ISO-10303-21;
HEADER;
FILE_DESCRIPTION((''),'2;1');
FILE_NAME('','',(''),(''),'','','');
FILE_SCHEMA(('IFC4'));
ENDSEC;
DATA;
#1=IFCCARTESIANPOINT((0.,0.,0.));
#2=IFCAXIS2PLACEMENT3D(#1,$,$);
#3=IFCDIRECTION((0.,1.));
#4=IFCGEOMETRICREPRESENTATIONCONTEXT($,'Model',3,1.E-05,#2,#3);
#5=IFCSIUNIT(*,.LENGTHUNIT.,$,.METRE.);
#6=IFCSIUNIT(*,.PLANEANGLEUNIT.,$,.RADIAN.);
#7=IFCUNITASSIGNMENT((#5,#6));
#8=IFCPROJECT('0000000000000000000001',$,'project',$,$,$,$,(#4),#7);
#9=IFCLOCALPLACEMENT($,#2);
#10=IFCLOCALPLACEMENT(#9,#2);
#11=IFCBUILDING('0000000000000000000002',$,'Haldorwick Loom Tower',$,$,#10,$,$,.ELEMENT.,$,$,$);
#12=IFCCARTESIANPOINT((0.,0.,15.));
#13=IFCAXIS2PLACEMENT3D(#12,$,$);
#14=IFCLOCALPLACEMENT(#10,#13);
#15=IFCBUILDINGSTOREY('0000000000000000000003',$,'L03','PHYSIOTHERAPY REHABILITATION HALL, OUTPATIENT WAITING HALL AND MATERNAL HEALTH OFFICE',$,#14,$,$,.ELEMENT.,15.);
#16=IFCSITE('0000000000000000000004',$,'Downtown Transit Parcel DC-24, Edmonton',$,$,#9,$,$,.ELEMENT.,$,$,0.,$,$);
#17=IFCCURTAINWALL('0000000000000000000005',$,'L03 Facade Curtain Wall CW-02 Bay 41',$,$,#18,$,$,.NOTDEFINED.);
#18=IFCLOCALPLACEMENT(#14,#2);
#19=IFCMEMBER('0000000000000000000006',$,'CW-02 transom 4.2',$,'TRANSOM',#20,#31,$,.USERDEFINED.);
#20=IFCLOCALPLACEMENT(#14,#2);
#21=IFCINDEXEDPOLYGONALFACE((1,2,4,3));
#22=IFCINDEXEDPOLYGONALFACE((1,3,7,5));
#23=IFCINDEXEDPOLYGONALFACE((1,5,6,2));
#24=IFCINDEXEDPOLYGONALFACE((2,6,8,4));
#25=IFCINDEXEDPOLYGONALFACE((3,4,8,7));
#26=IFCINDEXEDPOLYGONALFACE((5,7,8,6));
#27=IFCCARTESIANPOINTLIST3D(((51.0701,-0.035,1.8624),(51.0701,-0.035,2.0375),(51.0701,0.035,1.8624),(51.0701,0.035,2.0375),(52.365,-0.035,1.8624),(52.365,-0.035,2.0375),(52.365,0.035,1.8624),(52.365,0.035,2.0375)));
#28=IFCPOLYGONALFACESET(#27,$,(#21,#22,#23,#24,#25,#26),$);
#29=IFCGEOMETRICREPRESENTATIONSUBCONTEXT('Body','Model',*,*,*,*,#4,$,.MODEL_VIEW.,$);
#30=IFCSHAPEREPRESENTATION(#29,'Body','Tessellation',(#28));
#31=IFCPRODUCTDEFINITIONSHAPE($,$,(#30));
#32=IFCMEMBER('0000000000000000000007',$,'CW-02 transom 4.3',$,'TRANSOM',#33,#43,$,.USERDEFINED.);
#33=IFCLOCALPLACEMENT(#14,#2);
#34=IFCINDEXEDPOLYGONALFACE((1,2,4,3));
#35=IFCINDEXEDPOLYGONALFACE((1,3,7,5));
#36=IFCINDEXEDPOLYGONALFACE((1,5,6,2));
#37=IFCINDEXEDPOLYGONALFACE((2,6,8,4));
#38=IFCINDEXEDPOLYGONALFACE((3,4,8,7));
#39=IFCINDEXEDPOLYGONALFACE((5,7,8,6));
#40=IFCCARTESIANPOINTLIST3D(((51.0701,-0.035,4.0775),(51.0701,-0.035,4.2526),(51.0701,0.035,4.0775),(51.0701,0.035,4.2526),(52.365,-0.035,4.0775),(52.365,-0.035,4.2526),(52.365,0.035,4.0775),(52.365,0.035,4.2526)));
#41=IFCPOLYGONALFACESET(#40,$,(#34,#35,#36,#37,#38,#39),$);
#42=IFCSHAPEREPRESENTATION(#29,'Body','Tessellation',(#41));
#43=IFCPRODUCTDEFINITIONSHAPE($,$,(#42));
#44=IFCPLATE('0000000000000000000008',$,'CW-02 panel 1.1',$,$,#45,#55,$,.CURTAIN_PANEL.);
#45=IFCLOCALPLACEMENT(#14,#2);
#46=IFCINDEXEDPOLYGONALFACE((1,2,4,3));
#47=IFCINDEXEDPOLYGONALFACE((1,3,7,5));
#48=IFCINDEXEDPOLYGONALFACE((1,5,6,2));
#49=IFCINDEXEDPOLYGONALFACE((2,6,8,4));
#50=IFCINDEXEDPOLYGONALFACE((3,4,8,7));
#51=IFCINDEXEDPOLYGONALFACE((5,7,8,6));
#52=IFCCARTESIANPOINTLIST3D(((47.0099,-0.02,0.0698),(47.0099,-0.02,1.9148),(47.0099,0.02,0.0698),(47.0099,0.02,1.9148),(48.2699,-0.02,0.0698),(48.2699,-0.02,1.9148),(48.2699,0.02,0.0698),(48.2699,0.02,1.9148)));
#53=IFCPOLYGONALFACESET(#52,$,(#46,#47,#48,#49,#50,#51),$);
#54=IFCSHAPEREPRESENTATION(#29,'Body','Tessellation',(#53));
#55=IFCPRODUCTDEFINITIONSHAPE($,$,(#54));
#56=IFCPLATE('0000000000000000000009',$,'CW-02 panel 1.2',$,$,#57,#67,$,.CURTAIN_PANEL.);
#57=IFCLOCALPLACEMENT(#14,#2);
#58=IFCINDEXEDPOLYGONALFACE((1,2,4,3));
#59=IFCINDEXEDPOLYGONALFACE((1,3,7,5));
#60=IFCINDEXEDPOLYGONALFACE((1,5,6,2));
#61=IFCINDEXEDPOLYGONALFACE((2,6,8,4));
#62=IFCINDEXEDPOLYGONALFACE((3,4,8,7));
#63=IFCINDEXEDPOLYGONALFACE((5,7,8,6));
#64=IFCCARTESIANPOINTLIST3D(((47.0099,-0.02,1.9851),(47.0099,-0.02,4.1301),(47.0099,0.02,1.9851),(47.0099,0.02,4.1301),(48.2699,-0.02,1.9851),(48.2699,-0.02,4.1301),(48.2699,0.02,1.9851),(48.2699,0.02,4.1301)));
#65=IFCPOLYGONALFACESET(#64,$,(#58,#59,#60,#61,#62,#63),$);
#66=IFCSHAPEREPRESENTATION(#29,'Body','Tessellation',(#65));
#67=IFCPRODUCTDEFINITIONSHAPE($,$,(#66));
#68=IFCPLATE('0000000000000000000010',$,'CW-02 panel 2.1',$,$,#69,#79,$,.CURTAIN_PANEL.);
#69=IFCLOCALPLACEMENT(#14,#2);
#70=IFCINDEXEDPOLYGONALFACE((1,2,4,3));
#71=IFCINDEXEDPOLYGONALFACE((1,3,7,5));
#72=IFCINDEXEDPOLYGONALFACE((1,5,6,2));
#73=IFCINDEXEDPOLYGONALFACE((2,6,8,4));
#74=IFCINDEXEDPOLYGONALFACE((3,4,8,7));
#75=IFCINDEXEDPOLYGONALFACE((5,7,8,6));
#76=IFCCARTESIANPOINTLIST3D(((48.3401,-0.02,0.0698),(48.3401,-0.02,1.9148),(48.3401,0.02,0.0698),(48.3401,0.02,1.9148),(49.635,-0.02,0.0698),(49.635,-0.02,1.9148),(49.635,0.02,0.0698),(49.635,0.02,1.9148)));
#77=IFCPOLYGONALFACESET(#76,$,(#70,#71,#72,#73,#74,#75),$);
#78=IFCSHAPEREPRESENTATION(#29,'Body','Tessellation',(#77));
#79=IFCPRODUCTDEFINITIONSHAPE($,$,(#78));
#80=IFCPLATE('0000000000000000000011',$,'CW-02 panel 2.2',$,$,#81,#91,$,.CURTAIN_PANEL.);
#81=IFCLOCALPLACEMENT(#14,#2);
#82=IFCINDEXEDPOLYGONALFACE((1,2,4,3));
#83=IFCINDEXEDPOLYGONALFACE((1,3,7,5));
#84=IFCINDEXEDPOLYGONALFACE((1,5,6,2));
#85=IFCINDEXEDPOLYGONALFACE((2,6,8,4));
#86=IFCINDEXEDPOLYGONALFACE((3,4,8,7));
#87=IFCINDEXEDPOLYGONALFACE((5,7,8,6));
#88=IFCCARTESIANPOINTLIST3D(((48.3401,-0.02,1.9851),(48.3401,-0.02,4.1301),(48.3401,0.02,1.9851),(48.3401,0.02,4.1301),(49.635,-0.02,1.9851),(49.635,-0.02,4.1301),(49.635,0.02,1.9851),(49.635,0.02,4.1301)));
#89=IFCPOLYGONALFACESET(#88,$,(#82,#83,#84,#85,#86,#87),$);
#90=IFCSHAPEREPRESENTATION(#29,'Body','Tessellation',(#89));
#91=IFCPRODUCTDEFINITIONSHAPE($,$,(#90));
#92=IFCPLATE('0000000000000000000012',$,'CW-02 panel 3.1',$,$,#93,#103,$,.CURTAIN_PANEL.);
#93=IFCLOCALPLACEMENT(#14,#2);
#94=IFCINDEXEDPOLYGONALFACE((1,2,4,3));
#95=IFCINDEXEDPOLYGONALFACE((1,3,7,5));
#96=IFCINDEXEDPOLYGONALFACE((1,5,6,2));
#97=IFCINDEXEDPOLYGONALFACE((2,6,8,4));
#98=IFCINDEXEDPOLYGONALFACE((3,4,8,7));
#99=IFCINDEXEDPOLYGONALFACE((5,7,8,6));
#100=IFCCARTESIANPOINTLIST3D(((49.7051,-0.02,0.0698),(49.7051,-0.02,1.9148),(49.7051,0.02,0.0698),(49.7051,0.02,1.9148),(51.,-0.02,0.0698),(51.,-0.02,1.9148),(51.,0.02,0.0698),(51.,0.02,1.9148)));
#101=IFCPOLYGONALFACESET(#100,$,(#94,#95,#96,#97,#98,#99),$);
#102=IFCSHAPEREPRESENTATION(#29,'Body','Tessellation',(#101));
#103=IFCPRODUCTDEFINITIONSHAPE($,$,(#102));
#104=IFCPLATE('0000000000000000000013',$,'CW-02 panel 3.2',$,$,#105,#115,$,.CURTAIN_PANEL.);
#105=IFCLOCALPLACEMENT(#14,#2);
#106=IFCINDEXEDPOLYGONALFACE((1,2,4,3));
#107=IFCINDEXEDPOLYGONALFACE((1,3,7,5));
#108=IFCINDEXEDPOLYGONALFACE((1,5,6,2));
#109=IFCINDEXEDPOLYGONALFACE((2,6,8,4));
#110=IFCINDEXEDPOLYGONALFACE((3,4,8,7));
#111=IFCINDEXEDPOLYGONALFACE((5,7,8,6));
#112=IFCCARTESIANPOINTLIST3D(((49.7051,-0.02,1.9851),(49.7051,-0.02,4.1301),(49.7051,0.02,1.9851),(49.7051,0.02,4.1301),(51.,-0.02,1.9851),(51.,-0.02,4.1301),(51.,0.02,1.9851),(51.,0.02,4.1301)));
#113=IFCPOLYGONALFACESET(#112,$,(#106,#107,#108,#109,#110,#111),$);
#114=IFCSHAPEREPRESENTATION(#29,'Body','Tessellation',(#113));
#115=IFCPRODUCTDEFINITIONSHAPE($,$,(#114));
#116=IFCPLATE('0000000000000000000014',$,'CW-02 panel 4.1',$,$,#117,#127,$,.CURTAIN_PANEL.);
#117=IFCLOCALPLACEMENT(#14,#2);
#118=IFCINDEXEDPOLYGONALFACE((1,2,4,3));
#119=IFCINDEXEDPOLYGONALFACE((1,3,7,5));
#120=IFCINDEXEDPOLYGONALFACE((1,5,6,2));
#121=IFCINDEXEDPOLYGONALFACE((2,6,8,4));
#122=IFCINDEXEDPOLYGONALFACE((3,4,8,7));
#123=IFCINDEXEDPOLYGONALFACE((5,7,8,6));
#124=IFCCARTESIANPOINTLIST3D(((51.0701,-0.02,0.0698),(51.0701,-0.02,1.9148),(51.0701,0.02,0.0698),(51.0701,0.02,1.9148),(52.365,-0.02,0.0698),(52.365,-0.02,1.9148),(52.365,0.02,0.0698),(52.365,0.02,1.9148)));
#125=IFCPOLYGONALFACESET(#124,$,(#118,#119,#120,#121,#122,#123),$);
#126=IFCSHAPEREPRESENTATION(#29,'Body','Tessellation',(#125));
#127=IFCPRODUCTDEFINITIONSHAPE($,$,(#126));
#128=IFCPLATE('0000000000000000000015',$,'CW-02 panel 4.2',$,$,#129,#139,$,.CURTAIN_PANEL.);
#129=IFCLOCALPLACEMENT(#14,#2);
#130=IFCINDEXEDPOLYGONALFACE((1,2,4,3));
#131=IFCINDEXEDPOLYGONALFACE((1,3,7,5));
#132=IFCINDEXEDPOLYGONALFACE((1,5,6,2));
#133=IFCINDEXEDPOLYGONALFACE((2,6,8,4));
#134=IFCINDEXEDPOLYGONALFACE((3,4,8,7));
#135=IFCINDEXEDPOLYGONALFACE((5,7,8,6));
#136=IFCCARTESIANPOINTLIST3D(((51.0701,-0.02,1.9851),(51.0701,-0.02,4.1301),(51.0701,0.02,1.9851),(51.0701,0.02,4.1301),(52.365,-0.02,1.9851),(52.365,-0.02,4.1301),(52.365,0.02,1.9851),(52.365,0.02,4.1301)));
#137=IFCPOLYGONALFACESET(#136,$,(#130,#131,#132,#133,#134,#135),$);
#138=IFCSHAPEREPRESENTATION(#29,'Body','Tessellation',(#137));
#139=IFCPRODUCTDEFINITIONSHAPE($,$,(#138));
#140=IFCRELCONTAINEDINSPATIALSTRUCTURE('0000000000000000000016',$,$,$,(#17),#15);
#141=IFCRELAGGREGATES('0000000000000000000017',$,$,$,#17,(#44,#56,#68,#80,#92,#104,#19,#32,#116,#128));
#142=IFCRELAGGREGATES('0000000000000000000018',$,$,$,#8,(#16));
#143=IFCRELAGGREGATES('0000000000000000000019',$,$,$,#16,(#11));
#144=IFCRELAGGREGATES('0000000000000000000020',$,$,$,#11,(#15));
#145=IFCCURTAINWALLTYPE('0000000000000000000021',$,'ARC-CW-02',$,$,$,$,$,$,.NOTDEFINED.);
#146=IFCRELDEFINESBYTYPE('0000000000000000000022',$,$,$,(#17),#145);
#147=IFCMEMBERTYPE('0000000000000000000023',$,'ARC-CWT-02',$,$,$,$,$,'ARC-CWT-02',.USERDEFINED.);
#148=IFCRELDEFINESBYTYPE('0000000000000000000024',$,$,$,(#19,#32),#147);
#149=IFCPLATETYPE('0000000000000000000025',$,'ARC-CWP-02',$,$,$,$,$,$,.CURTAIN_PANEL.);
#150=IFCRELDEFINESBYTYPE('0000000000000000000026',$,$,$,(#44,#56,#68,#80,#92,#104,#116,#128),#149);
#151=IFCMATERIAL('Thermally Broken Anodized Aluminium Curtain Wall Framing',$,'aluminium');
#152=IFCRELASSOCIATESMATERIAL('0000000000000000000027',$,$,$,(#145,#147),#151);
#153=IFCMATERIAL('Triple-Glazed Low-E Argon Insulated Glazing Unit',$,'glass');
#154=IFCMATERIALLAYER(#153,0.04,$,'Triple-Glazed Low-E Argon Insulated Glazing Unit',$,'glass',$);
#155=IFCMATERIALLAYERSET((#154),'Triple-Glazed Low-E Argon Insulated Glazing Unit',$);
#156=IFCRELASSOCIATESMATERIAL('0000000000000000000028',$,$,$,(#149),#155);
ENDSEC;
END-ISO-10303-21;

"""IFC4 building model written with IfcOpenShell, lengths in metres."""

from ifc_helpers import new_model, si_unit, direction, frame, origin, origin_2d, place, context, subcontext, project, spatial, rectangle, extrude, material, layer, layer_set, material_profile, profile_set, type_object, element, aggregate, save


model = new_model("IFC4")

# Units and contexts
model_context = context("Model", 3, precision=1e-05, world=origin(), true_north=direction((0.0, 1.0)))
body_context = subcontext(model_context, "Body", "Model", "MODEL_VIEW")
ifc_project = project(units=[si_unit("LENGTHUNIT", "METRE"), si_unit("PLANEANGLEUNIT", "RADIAN")], contexts=[model_context])

# Site, building, storey
site_placement = place(None, origin())
site = spatial("IfcSite", under=ifc_project, at=site_placement, Name="Downtown Transit Parcel DC-24, Edmonton", CompositionType="ELEMENT", RefElevation=0.0)
building_placement = place(site_placement, origin())
building = spatial("IfcBuilding", under=site, at=building_placement, Name="Haldorwick Loom Tower", CompositionType="ELEMENT")
storey_placement = place(building_placement, frame((0.0, 0.0, 15.0)))
storey = spatial("IfcBuildingStorey", under=building, at=storey_placement, Name="L03", Description="PHYSIOTHERAPY REHABILITATION HALL, OUTPATIENT WAITING HALL AND MATERNAL HEALTH OFFICE", CompositionType="ELEMENT", Elevation=15.0)

# Curtain wall, members, plates
ifc_material_1 = material(Name="Thermally Broken Anodized Aluminium Curtain Wall Framing", Category="aluminium")
curtain_wall_type = type_object("IfcCurtainWallType", Name="ARC-CW-02", PredefinedType="NOTDEFINED", material=ifc_material_1)
curtain_wall_placement = place(storey_placement, origin())
curtain_wall = element("IfcCurtainWall", 1, at=curtain_wall_placement, inside=storey, type_object=curtain_wall_type, Name="L03 Facade Curtain Wall CW-02 Bay 41", PredefinedType="NOTDEFINED")
ifc_material_profile_1 = material_profile(ifc_material_1, rectangle(XDim=0.0701, YDim=0.175, at=origin_2d()), Name="ALU_TRN_70X175", Category="aluminium")
ifc_profile_set_1 = profile_set([ifc_material_profile_1], Name="Thermally Broken Anodized Aluminium Curtain Wall Framing")
member_type_1 = type_object("IfcMemberType", Name="ARC-CWT-02", ElementType="ARC-CWT-02", PredefinedType="USERDEFINED", material=ifc_profile_set_1)
member_1_placement = place(storey_placement, frame((51.0701, 0.0, 1.95), z_axis=(1.0, 0.0, 0.0), x_axis=(0.0, 1.0, 0.0)))
member_1 = element("IfcMember", 2, at=member_1_placement, type_object=member_type_1, Name="CW-02 transom 4.2", ObjectType="TRANSOM", PredefinedType="USERDEFINED", context=body_context, shape_type="SweptSolid", body=[
    extrude(rectangle(XDim=0.0701, YDim=0.175, at=origin_2d()), origin(), (0.0, 0.0, 1.0), 1.2949),
])
member_2_placement = place(storey_placement, frame((51.0701, 0.0, 4.165), z_axis=(1.0, 0.0, 0.0), x_axis=(0.0, 1.0, 0.0)))
member_2 = element("IfcMember", 3, at=member_2_placement, type_object=member_type_1, Name="CW-02 transom 4.3", ObjectType="TRANSOM", PredefinedType="USERDEFINED", context=body_context, shape_type="SweptSolid", body=[
    extrude(rectangle(XDim=0.0701, YDim=0.175, at=origin_2d()), origin(), (0.0, 0.0, 1.0), 1.2949),
])
ifc_material_2 = material(Name="Triple-Glazed Low-E Argon Insulated Glazing Unit", Category="glass")
ifc_layer = layer(ifc_material_2, 0.04, Name="Triple-Glazed Low-E Argon Insulated Glazing Unit", Category="glass")
ifc_layer_set = layer_set([ifc_layer], Name="Triple-Glazed Low-E Argon Insulated Glazing Unit")
plate_type = type_object("IfcPlateType", Name="ARC-CWP-02", PredefinedType="CURTAIN_PANEL", material=ifc_layer_set)
plate_1_placement = place(storey_placement, frame((47.6399, 0.0, 0.0698), z_axis=(0.0, 0.0, 1.0), x_axis=(1.0, 0.0, 0.0)))
plate_1 = element("IfcPlate", 4, at=plate_1_placement, type_object=plate_type, Name="CW-02 panel 1.1", PredefinedType="CURTAIN_PANEL", context=body_context, shape_type="SweptSolid", body=[
    extrude(rectangle(XDim=1.26, YDim=0.04, at=origin_2d()), origin(), (0.0, 0.0, 1.0), 1.845),
])
plate_2_placement = place(storey_placement, frame((47.6399, 0.0, 1.9851), z_axis=(0.0, 0.0, 1.0), x_axis=(1.0, 0.0, 0.0)))
plate_2 = element("IfcPlate", 5, at=plate_2_placement, type_object=plate_type, Name="CW-02 panel 1.2", PredefinedType="CURTAIN_PANEL", context=body_context, shape_type="SweptSolid", body=[
    extrude(rectangle(XDim=1.26, YDim=0.04, at=origin_2d()), origin(), (0.0, 0.0, 1.0), 2.145),
])
plate_3_placement = place(storey_placement, frame((48.9875, 0.0, 0.0698), z_axis=(0.0, 0.0, 1.0), x_axis=(1.0, 0.0, 0.0)))
plate_3 = element("IfcPlate", 6, at=plate_3_placement, type_object=plate_type, Name="CW-02 panel 2.1", PredefinedType="CURTAIN_PANEL", context=body_context, shape_type="SweptSolid", body=[
    extrude(rectangle(XDim=1.2949, YDim=0.04, at=origin_2d()), origin(), (0.0, 0.0, 1.0), 1.845),
])
plate_4_placement = place(storey_placement, frame((48.9875, 0.0, 1.9851), z_axis=(0.0, 0.0, 1.0), x_axis=(1.0, 0.0, 0.0)))
plate_4 = element("IfcPlate", 7, at=plate_4_placement, type_object=plate_type, Name="CW-02 panel 2.2", PredefinedType="CURTAIN_PANEL", context=body_context, shape_type="SweptSolid", body=[
    extrude(rectangle(XDim=1.2949, YDim=0.04, at=origin_2d()), origin(), (0.0, 0.0, 1.0), 2.145),
])
plate_5_placement = place(storey_placement, frame((50.3525, 0.0, 0.0698), z_axis=(0.0, 0.0, 1.0), x_axis=(1.0, 0.0, 0.0)))
plate_5 = element("IfcPlate", 8, at=plate_5_placement, type_object=plate_type, Name="CW-02 panel 3.1", PredefinedType="CURTAIN_PANEL", context=body_context, shape_type="SweptSolid", body=[
    extrude(rectangle(XDim=1.2949, YDim=0.04, at=origin_2d()), origin(), (0.0, 0.0, 1.0), 1.845),
])
plate_6_placement = place(storey_placement, frame((50.3525, 0.0, 1.9851), z_axis=(0.0, 0.0, 1.0), x_axis=(1.0, 0.0, 0.0)))
plate_6 = element("IfcPlate", 9, at=plate_6_placement, type_object=plate_type, Name="CW-02 panel 3.2", PredefinedType="CURTAIN_PANEL", context=body_context, shape_type="SweptSolid", body=[
    extrude(rectangle(XDim=1.2949, YDim=0.04, at=origin_2d()), origin(), (0.0, 0.0, 1.0), 2.145),
])
plate_7_placement = place(storey_placement, frame((51.7175, 0.0, 0.0698), z_axis=(0.0, 0.0, 1.0), x_axis=(1.0, 0.0, 0.0)))
plate_7 = element("IfcPlate", 10, at=plate_7_placement, type_object=plate_type, Name="CW-02 panel 4.1", PredefinedType="CURTAIN_PANEL", context=body_context, shape_type="SweptSolid", body=[
    extrude(rectangle(XDim=1.2949, YDim=0.04, at=origin_2d()), origin(), (0.0, 0.0, 1.0), 1.845),
])
plate_8_placement = place(storey_placement, frame((51.7175, 0.0, 1.9851), z_axis=(0.0, 0.0, 1.0), x_axis=(1.0, 0.0, 0.0)))
plate_8 = element("IfcPlate", 11, at=plate_8_placement, type_object=plate_type, Name="CW-02 panel 4.2", PredefinedType="CURTAIN_PANEL", context=body_context, shape_type="SweptSolid", body=[
    extrude(rectangle(XDim=1.2949, YDim=0.04, at=origin_2d()), origin(), (0.0, 0.0, 1.0), 2.145),
])
aggregate(curtain_wall, [plate_1, plate_2, plate_3, plate_4, plate_5, plate_6, member_1, member_2, plate_7, plate_8])

save(model, "model.ifc")
